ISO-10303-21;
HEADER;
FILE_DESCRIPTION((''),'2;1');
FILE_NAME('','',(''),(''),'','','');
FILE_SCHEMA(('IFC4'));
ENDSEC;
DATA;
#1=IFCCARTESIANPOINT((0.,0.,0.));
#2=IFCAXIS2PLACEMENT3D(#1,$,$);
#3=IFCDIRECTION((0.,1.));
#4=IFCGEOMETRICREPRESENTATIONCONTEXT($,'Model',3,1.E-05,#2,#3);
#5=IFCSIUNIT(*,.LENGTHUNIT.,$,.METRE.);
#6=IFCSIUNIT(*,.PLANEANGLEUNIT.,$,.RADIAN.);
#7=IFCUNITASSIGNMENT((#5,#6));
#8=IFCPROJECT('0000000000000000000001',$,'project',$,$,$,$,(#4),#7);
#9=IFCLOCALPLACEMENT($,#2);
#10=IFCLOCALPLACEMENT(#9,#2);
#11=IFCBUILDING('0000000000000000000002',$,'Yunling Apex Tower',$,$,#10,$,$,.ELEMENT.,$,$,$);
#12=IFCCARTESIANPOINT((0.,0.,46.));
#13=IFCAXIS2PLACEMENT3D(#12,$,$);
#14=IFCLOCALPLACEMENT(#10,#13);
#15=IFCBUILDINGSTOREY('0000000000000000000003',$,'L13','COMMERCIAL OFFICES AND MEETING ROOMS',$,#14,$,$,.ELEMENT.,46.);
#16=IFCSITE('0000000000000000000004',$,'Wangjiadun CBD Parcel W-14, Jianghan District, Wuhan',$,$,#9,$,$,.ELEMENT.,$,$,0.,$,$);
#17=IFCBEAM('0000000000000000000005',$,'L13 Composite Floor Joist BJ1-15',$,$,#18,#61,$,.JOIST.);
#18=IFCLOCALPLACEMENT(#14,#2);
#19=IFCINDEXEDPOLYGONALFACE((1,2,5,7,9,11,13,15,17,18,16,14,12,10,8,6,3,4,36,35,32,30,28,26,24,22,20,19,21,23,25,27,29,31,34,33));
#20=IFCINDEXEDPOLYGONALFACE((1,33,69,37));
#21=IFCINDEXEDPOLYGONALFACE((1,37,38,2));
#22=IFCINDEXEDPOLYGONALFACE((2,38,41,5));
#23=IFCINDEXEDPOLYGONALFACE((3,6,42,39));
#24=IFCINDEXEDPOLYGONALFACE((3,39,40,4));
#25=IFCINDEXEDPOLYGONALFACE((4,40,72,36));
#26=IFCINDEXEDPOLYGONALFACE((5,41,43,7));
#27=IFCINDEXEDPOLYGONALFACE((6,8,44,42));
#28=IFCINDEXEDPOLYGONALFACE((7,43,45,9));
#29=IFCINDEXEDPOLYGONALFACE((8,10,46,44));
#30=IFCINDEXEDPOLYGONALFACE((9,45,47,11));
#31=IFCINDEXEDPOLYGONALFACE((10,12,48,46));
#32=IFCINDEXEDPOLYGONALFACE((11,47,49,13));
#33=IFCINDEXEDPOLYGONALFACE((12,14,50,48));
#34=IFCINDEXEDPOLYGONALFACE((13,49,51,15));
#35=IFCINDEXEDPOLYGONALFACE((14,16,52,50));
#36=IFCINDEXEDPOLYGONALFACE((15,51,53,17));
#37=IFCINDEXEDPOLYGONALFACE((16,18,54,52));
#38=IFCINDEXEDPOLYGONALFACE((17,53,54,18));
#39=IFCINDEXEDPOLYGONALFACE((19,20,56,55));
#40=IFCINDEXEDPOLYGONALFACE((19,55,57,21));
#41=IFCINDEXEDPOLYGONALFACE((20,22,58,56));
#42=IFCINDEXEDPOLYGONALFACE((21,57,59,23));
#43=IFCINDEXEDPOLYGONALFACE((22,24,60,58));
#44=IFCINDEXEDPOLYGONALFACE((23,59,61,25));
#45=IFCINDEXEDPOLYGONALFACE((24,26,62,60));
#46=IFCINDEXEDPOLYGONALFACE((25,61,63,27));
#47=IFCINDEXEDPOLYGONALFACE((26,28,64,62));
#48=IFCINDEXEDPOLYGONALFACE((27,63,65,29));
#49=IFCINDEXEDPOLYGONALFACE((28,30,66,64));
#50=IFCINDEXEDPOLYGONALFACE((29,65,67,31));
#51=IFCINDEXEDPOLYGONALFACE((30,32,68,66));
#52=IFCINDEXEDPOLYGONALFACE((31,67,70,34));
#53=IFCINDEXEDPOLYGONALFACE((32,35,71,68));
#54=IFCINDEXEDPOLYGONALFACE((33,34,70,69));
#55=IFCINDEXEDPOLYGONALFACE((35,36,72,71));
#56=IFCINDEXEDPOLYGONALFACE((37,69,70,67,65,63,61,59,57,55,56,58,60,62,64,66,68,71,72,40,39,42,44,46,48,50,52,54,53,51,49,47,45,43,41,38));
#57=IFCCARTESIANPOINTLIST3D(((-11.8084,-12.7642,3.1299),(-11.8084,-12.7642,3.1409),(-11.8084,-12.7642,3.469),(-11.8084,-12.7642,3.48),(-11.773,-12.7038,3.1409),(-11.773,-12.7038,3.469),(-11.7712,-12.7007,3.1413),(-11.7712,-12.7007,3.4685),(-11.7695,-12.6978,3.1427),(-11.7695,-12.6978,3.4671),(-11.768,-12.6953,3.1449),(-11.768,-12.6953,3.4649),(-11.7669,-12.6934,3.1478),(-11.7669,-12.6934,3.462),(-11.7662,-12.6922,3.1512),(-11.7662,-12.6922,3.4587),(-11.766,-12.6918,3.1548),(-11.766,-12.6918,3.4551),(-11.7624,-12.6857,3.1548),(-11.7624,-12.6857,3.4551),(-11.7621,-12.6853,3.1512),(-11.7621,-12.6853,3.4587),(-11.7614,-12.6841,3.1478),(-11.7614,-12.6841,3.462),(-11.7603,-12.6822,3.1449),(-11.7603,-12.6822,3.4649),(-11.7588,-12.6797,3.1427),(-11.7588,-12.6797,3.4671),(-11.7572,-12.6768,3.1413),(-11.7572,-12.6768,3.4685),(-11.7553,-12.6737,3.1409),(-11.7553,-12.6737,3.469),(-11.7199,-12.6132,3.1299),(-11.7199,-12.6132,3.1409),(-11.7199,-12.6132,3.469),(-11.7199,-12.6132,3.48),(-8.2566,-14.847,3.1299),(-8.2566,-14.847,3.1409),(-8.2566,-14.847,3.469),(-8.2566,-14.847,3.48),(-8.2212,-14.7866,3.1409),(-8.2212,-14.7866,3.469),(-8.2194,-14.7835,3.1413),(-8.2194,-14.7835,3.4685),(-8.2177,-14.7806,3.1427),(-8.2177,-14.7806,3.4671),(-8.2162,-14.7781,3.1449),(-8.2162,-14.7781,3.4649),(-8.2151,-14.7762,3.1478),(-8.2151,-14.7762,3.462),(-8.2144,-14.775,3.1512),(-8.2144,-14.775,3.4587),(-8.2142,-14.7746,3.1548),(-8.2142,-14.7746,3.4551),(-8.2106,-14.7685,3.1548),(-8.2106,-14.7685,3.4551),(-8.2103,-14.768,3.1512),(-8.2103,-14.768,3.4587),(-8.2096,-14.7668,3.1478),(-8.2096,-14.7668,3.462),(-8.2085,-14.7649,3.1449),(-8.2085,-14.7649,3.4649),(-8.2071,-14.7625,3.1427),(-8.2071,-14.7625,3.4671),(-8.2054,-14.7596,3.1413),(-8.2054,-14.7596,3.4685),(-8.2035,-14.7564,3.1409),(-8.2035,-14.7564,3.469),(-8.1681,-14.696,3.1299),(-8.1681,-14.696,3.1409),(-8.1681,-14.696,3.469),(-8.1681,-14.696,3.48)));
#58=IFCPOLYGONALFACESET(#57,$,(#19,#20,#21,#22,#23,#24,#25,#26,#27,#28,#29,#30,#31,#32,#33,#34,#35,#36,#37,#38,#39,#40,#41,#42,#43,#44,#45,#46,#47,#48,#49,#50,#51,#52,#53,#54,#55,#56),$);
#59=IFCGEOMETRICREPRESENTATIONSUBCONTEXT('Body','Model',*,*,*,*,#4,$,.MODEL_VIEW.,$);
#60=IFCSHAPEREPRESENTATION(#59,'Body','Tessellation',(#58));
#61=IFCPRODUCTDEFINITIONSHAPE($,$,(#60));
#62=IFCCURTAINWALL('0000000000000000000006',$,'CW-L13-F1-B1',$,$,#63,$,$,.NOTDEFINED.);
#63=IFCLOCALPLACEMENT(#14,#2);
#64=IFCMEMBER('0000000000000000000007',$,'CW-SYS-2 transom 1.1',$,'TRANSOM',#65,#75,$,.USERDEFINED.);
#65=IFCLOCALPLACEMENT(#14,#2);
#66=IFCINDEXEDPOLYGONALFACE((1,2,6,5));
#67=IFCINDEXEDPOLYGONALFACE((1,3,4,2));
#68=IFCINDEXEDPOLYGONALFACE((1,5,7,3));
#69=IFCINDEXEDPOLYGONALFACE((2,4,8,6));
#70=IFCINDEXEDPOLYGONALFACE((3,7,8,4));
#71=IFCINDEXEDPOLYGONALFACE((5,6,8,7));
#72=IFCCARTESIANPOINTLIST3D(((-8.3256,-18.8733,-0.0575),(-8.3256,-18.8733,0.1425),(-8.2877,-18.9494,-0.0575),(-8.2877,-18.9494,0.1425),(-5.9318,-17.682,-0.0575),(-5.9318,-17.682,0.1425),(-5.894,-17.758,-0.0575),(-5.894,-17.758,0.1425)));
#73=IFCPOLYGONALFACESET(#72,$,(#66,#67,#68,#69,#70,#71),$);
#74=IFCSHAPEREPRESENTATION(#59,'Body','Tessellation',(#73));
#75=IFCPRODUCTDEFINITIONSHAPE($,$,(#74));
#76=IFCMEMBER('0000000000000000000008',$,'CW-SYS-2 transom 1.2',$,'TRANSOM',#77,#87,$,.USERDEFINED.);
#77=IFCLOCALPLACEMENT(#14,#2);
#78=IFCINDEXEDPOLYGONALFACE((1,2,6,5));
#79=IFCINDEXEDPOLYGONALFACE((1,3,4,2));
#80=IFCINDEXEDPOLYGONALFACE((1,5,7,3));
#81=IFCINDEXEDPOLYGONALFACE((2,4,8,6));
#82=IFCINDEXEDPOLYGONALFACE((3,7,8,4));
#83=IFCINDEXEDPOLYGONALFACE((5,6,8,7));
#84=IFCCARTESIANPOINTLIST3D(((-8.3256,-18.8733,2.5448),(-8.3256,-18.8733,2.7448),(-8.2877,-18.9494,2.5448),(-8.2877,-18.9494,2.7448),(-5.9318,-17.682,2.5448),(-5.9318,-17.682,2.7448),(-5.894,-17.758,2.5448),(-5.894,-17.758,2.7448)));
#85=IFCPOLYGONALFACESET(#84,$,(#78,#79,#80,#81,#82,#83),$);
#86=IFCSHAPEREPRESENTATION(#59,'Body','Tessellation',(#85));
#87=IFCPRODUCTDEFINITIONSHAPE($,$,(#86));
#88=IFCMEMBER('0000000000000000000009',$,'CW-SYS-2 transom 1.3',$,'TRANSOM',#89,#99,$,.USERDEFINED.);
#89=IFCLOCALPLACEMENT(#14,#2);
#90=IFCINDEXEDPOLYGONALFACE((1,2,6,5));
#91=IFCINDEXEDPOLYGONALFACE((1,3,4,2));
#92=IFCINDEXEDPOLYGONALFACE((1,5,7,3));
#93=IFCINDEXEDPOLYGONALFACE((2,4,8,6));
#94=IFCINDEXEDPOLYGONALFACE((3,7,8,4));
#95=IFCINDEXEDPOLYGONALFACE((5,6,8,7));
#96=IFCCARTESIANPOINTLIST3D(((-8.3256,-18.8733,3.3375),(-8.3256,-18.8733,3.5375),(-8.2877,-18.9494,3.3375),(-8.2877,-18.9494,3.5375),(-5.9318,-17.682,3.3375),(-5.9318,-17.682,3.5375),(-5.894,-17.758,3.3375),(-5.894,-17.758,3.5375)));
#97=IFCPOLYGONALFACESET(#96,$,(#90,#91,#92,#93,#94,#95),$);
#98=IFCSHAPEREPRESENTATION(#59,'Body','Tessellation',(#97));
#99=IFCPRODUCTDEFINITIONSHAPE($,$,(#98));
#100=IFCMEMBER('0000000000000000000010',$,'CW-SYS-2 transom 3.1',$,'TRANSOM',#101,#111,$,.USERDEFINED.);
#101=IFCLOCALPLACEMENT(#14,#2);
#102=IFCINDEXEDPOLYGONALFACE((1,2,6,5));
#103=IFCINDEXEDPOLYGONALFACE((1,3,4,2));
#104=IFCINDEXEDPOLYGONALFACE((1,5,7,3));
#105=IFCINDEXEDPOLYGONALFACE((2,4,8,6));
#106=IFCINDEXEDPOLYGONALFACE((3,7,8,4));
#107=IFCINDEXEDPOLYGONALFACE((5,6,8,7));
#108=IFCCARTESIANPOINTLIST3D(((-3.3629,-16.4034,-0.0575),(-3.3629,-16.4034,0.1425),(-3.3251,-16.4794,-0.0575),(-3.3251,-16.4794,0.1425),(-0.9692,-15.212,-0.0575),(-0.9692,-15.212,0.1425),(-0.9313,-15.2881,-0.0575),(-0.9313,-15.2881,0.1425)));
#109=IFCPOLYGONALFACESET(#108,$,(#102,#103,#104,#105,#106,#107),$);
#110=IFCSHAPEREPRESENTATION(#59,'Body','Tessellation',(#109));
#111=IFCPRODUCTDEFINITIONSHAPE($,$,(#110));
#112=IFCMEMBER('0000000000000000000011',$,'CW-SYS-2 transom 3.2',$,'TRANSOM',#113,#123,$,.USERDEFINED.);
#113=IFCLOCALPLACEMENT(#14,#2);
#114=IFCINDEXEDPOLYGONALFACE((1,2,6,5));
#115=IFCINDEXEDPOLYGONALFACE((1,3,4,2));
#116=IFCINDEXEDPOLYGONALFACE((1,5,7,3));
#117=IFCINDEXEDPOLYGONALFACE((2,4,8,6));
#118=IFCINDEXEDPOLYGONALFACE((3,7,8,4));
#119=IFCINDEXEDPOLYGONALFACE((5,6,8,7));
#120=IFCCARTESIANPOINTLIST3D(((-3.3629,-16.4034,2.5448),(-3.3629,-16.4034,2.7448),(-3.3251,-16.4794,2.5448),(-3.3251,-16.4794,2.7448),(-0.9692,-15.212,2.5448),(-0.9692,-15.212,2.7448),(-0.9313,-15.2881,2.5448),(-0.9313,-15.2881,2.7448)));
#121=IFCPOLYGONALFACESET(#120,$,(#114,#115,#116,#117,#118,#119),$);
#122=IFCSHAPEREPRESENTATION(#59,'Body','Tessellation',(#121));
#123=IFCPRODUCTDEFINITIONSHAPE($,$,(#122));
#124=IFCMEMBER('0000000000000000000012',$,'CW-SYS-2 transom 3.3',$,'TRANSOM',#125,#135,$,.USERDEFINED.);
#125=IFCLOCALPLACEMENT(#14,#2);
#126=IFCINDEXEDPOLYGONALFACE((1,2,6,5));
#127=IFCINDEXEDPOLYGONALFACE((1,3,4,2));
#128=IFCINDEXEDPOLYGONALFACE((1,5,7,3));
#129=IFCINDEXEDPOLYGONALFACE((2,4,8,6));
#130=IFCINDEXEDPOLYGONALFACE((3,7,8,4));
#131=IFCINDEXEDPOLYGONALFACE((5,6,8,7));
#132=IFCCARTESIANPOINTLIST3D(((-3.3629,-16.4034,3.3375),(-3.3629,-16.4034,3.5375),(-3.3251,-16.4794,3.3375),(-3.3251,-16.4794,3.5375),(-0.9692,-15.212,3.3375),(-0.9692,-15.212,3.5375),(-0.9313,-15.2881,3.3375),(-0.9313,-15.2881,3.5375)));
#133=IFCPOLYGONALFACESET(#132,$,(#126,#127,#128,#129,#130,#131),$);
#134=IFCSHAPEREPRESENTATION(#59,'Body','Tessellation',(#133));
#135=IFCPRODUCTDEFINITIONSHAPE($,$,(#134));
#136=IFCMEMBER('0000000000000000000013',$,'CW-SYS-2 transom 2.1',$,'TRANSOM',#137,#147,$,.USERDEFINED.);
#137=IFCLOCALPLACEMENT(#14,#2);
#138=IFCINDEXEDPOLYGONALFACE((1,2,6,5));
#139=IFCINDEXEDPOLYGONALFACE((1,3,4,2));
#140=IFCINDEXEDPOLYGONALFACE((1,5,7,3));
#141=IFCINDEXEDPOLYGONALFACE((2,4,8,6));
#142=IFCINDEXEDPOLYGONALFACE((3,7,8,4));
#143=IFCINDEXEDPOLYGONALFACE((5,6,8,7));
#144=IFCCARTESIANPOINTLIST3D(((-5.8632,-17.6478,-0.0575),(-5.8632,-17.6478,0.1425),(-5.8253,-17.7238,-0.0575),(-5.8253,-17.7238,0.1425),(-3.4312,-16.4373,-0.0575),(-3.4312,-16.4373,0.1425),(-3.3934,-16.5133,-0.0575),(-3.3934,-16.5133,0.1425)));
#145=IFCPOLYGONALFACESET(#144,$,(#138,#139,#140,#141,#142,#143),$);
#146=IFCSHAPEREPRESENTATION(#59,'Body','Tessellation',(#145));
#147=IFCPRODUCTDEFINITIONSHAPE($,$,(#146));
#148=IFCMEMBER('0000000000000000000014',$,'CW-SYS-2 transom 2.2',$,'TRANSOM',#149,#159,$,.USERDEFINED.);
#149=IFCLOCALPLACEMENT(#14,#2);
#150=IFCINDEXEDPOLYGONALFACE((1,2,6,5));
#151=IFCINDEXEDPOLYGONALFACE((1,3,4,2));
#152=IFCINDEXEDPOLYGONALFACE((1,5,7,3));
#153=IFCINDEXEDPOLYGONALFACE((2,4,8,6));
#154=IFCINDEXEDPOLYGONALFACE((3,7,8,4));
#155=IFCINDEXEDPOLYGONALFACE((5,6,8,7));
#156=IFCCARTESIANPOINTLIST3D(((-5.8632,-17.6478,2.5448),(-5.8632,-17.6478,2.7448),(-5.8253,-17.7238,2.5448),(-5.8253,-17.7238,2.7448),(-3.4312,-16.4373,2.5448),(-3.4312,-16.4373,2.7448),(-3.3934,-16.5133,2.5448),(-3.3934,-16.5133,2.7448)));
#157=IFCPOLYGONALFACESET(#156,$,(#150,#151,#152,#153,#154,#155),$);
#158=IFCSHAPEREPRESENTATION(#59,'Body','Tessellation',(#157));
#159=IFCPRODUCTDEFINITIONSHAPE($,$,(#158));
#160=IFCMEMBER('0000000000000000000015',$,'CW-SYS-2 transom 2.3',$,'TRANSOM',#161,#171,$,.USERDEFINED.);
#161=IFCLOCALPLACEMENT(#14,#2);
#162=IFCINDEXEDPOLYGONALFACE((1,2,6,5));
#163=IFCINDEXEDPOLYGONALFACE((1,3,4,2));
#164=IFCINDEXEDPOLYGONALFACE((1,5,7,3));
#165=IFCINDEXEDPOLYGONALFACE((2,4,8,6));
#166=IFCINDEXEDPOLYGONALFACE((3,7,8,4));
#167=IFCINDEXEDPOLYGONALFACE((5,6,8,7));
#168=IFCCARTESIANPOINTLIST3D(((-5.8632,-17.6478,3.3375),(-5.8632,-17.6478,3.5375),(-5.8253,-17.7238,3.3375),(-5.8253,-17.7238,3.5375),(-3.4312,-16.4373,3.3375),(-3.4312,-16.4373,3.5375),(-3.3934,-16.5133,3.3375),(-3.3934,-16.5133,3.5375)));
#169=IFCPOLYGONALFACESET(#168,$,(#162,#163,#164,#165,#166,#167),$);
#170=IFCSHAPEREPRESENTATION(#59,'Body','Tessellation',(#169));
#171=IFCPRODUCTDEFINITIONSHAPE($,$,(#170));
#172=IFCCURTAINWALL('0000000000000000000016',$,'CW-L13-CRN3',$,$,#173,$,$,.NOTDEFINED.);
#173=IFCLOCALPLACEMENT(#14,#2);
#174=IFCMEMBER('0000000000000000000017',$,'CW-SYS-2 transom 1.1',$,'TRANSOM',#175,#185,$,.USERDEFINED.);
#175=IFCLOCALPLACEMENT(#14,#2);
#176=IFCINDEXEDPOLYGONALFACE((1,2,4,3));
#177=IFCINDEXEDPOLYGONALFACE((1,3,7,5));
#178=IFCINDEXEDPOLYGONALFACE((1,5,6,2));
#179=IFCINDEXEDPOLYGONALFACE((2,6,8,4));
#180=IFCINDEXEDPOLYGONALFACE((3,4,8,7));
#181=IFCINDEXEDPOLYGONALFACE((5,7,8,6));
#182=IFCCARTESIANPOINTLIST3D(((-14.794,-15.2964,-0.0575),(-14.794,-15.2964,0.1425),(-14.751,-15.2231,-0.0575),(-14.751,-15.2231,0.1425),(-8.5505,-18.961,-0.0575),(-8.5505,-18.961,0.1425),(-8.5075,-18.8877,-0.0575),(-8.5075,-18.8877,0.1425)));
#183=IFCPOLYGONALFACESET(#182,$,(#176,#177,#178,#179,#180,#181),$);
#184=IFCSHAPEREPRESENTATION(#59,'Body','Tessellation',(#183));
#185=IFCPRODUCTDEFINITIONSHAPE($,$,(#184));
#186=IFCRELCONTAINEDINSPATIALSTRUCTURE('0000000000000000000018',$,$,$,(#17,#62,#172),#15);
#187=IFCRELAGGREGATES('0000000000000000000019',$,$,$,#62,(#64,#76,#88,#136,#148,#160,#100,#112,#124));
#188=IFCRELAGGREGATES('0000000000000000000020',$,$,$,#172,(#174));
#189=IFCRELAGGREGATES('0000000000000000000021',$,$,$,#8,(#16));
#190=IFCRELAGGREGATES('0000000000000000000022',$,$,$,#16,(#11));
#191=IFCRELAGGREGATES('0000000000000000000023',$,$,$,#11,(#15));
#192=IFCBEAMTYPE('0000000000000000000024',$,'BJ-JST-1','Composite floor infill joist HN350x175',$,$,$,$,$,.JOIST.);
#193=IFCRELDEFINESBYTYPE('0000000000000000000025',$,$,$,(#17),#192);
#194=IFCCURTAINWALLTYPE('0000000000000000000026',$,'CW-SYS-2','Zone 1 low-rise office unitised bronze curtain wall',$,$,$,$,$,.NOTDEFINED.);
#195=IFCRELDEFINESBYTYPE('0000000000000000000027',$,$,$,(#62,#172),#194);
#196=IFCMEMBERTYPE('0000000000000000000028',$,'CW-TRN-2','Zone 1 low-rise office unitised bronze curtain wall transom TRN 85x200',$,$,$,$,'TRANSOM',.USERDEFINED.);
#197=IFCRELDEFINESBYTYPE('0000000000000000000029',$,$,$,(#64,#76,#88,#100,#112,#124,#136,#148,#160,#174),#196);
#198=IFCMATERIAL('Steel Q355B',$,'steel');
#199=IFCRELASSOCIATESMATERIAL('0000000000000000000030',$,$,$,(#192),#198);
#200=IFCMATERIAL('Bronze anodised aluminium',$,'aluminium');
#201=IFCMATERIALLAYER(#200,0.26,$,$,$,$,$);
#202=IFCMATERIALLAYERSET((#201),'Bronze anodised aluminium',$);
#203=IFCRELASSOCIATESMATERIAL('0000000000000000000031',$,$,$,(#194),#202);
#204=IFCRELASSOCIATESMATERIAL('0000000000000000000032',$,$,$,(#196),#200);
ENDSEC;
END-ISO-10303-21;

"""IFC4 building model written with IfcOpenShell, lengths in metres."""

from ifc_helpers import new_model, si_unit, direction, frame, origin, origin_2d, place, context, subcontext, project, spatial, rectangle, i_section, extrude, source, transform, mapped, material, layer, layer_set, material_profile, profile_set, type_object, element, aggregate, save


model = new_model("IFC4")

# Units and contexts
model_context = context("Model", 3, precision=1e-05, world=origin(), true_north=direction((0.0, 1.0)))
body_context = subcontext(model_context, "Body", "Model", "MODEL_VIEW")
ifc_project = project(units=[si_unit("LENGTHUNIT", "METRE"), si_unit("PLANEANGLEUNIT", "RADIAN")], contexts=[model_context])

# Site, building, storey
site_placement = place(None, origin())
site = spatial("IfcSite", under=ifc_project, at=site_placement, Name="Wangjiadun CBD Parcel W-14, Jianghan District, Wuhan", CompositionType="ELEMENT", RefElevation=0.0)
building_placement = place(site_placement, origin())
building = spatial("IfcBuilding", under=site, at=building_placement, Name="Yunling Apex Tower", CompositionType="ELEMENT")
storey_placement = place(building_placement, frame((0.0, 0.0, 46.0)))
storey = spatial("IfcBuildingStorey", under=building, at=storey_placement, Name="L13", Description="COMMERCIAL OFFICES AND MEETING ROOMS", CompositionType="ELEMENT", Elevation=46.0)

# Beam
ifc_material_1 = material(Name="Steel Q355B", Category="steel")
ifc_material_profile_1 = material_profile(ifc_material_1, i_section(OverallWidth=0.175, OverallDepth=0.3501, WebThickness=0.0071, FlangeThickness=0.011, FilletRadius=0.0139, at=origin_2d()))
ifc_profile_set_1 = profile_set([ifc_material_profile_1], Name="Steel Q355B")
beam_type_1 = type_object("IfcBeamType", Name="BJ-JST-1", Description="Composite floor infill joist HN350x175", PredefinedType="JOIST", material=ifc_profile_set_1)
shared_shape_1 = source(origin(), body_context, "Body", "SweptSolid", [
    extrude(i_section(OverallWidth=0.175, OverallDepth=0.3501, WebThickness=0.0071, FlangeThickness=0.011, FilletRadius=0.0139, at=origin_2d()), origin(), (0.0, 0.0, 1.0), 4.1174),
])
beam_1_placement = place(storey_placement, frame((-11.7642, -12.6887, 3.3049), z_axis=(0.862624, -0.505846, 0.0), x_axis=(0.505846, 0.862624, 0.0)))
element("IfcBeam", 1, at=beam_1_placement, inside=storey, type_object=beam_type_1, Name="L13 Composite Floor Joist BJ1-15", PredefinedType="JOIST", context=body_context, shape_type="MappedRepresentation", body=[
    mapped(shared_shape_1, transform((0.0, 0.0, 0.0), scale=1.0)),
])

# Curtain walls, members
ifc_material_2 = material(Name="Bronze anodised aluminium", Category="aluminium")
ifc_layer_1 = layer(ifc_material_2, 0.26)
ifc_layer_set_1 = layer_set([ifc_layer_1], Name="Bronze anodised aluminium")
curtain_wall_type = type_object("IfcCurtainWallType", Name="CW-SYS-2", Description="Zone 1 low-rise office unitised bronze curtain wall", PredefinedType="NOTDEFINED", material=ifc_layer_set_1)
curtain_wall_1_placement = place(storey_placement, origin())
curtain_wall_1 = element("IfcCurtainWall", 2, at=curtain_wall_1_placement, inside=storey, type_object=curtain_wall_type, Name="CW-L13-F1-B1", PredefinedType="NOTDEFINED")
ifc_material_profile_2 = material_profile(ifc_material_2, rectangle(XDim=0.085, YDim=0.2, at=origin_2d()))
ifc_profile_set_2 = profile_set([ifc_material_profile_2], Name="Bronze anodised aluminium")
member_type_1 = type_object("IfcMemberType", Name="CW-TRN-2", Description="Zone 1 low-rise office unitised bronze curtain wall transom TRN 85x200", ElementType="TRANSOM", PredefinedType="USERDEFINED", material=ifc_profile_set_2)
shared_shape_2 = source(origin(), body_context, "Body", "SweptSolid", [
    extrude(rectangle(XDim=0.085, YDim=0.2, at=origin_2d()), origin(), (0.0, 0.0, 1.0), 2.6738),
])
member_1_placement = place(storey_placement, frame((-8.3066, -18.9114, 0.0425), z_axis=(0.895247, 0.445569, 0.0), x_axis=(-0.445569, 0.895247, 0.0)))
member_1 = element("IfcMember", 3, at=member_1_placement, type_object=member_type_1, Name="CW-SYS-2 transom 1.1", ObjectType="TRANSOM", PredefinedType="USERDEFINED", context=body_context, shape_type="MappedRepresentation", body=[
    mapped(shared_shape_2, transform((0.0, 0.0, 0.0), scale=1.0)),
])
member_2_placement = place(storey_placement, frame((-8.3066, -18.9114, 2.6448), z_axis=(0.895247, 0.445569, 0.0), x_axis=(-0.445569, 0.895247, 0.0)))
member_2 = element("IfcMember", 4, at=member_2_placement, type_object=member_type_1, Name="CW-SYS-2 transom 1.2", ObjectType="TRANSOM", PredefinedType="USERDEFINED", context=body_context, shape_type="MappedRepresentation", body=[
    mapped(shared_shape_2, transform((0.0, 0.0, 0.0), scale=1.0)),
])
member_3_placement = place(storey_placement, frame((-8.3066, -18.9114, 3.4375), z_axis=(0.895247, 0.445569, 0.0), x_axis=(-0.445569, 0.895247, 0.0)))
member_3 = element("IfcMember", 5, at=member_3_placement, type_object=member_type_1, Name="CW-SYS-2 transom 1.3", ObjectType="TRANSOM", PredefinedType="USERDEFINED", context=body_context, shape_type="MappedRepresentation", body=[
    mapped(shared_shape_2, transform((0.0, 0.0, 0.0), scale=1.0)),
])
member_4_placement = place(storey_placement, frame((-3.344, -16.4414, 0.0425), z_axis=(0.895247, 0.445569, 0.0), x_axis=(-0.445569, 0.895247, 0.0)))
member_4 = element("IfcMember", 6, at=member_4_placement, type_object=member_type_1, Name="CW-SYS-2 transom 3.1", ObjectType="TRANSOM", PredefinedType="USERDEFINED", context=body_context, shape_type="MappedRepresentation", body=[
    mapped(shared_shape_2, transform((0.0, 0.0, 0.0), scale=1.0)),
])
member_5_placement = place(storey_placement, frame((-3.344, -16.4414, 2.6448), z_axis=(0.895247, 0.445569, 0.0), x_axis=(-0.445569, 0.895247, 0.0)))
member_5 = element("IfcMember", 7, at=member_5_placement, type_object=member_type_1, Name="CW-SYS-2 transom 3.2", ObjectType="TRANSOM", PredefinedType="USERDEFINED", context=body_context, shape_type="MappedRepresentation", body=[
    mapped(shared_shape_2, transform((0.0, 0.0, 0.0), scale=1.0)),
])
member_6_placement = place(storey_placement, frame((-3.344, -16.4414, 3.4375), z_axis=(0.895247, 0.445569, 0.0), x_axis=(-0.445569, 0.895247, 0.0)))
member_6 = element("IfcMember", 8, at=member_6_placement, type_object=member_type_1, Name="CW-SYS-2 transom 3.3", ObjectType="TRANSOM", PredefinedType="USERDEFINED", context=body_context, shape_type="MappedRepresentation", body=[
    mapped(shared_shape_2, transform((0.0, 0.0, 0.0), scale=1.0)),
])
shared_shape_3 = source(origin(), body_context, "Body", "SweptSolid", [
    extrude(rectangle(XDim=0.085, YDim=0.2, at=origin_2d()), origin(), (0.0, 0.0, 1.0), 2.7166),
])
member_7_placement = place(storey_placement, frame((-5.8442, -17.6858, 0.0425), z_axis=(0.895235, 0.445595, 0.0), x_axis=(-0.445595, 0.895235, 0.0)))
member_7 = element("IfcMember", 9, at=member_7_placement, type_object=member_type_1, Name="CW-SYS-2 transom 2.1", ObjectType="TRANSOM", PredefinedType="USERDEFINED", context=body_context, shape_type="MappedRepresentation", body=[
    mapped(shared_shape_3, transform((0.0, 0.0, 0.0), scale=1.0)),
])
member_8_placement = place(storey_placement, frame((-5.8442, -17.6858, 2.6448), z_axis=(0.895235, 0.445595, 0.0), x_axis=(-0.445595, 0.895235, 0.0)))
member_8 = element("IfcMember", 10, at=member_8_placement, type_object=member_type_1, Name="CW-SYS-2 transom 2.2", ObjectType="TRANSOM", PredefinedType="USERDEFINED", context=body_context, shape_type="MappedRepresentation", body=[
    mapped(shared_shape_3, transform((0.0, 0.0, 0.0), scale=1.0)),
])
member_9_placement = place(storey_placement, frame((-5.8442, -17.6858, 3.4375), z_axis=(0.895235, 0.445595, 0.0), x_axis=(-0.445595, 0.895235, 0.0)))
member_9 = element("IfcMember", 11, at=member_9_placement, type_object=member_type_1, Name="CW-SYS-2 transom 2.3", ObjectType="TRANSOM", PredefinedType="USERDEFINED", context=body_context, shape_type="MappedRepresentation", body=[
    mapped(shared_shape_3, transform((0.0, 0.0, 0.0), scale=1.0)),
])
curtain_wall_2_placement = place(storey_placement, origin())
curtain_wall_2 = element("IfcCurtainWall", 12, at=curtain_wall_2_placement, inside=storey, type_object=curtain_wall_type, Name="CW-L13-CRN3", PredefinedType="NOTDEFINED")
shared_shape_4 = source(origin(), body_context, "Body", "SweptSolid", [
    extrude(rectangle(XDim=0.085, YDim=0.2, at=origin_2d()), origin(), (0.0, 0.0, 1.0), 7.2395),
])
member_10_placement = place(storey_placement, frame((-14.7725, -15.2598, 0.0425), z_axis=(0.862419, -0.506195, 0.0), x_axis=(0.506195, 0.862419, 0.0)))
member_10 = element("IfcMember", 13, at=member_10_placement, type_object=member_type_1, Name="CW-SYS-2 transom 1.1", ObjectType="TRANSOM", PredefinedType="USERDEFINED", context=body_context, shape_type="MappedRepresentation", body=[
    mapped(shared_shape_4, transform((0.0, 0.0, 0.0), scale=1.0)),
])

aggregate(curtain_wall_1, [member_1, member_2, member_3, member_7, member_8, member_9, member_4, member_5, member_6])
aggregate(curtain_wall_2, [member_10])

save(model, "model.ifc")
